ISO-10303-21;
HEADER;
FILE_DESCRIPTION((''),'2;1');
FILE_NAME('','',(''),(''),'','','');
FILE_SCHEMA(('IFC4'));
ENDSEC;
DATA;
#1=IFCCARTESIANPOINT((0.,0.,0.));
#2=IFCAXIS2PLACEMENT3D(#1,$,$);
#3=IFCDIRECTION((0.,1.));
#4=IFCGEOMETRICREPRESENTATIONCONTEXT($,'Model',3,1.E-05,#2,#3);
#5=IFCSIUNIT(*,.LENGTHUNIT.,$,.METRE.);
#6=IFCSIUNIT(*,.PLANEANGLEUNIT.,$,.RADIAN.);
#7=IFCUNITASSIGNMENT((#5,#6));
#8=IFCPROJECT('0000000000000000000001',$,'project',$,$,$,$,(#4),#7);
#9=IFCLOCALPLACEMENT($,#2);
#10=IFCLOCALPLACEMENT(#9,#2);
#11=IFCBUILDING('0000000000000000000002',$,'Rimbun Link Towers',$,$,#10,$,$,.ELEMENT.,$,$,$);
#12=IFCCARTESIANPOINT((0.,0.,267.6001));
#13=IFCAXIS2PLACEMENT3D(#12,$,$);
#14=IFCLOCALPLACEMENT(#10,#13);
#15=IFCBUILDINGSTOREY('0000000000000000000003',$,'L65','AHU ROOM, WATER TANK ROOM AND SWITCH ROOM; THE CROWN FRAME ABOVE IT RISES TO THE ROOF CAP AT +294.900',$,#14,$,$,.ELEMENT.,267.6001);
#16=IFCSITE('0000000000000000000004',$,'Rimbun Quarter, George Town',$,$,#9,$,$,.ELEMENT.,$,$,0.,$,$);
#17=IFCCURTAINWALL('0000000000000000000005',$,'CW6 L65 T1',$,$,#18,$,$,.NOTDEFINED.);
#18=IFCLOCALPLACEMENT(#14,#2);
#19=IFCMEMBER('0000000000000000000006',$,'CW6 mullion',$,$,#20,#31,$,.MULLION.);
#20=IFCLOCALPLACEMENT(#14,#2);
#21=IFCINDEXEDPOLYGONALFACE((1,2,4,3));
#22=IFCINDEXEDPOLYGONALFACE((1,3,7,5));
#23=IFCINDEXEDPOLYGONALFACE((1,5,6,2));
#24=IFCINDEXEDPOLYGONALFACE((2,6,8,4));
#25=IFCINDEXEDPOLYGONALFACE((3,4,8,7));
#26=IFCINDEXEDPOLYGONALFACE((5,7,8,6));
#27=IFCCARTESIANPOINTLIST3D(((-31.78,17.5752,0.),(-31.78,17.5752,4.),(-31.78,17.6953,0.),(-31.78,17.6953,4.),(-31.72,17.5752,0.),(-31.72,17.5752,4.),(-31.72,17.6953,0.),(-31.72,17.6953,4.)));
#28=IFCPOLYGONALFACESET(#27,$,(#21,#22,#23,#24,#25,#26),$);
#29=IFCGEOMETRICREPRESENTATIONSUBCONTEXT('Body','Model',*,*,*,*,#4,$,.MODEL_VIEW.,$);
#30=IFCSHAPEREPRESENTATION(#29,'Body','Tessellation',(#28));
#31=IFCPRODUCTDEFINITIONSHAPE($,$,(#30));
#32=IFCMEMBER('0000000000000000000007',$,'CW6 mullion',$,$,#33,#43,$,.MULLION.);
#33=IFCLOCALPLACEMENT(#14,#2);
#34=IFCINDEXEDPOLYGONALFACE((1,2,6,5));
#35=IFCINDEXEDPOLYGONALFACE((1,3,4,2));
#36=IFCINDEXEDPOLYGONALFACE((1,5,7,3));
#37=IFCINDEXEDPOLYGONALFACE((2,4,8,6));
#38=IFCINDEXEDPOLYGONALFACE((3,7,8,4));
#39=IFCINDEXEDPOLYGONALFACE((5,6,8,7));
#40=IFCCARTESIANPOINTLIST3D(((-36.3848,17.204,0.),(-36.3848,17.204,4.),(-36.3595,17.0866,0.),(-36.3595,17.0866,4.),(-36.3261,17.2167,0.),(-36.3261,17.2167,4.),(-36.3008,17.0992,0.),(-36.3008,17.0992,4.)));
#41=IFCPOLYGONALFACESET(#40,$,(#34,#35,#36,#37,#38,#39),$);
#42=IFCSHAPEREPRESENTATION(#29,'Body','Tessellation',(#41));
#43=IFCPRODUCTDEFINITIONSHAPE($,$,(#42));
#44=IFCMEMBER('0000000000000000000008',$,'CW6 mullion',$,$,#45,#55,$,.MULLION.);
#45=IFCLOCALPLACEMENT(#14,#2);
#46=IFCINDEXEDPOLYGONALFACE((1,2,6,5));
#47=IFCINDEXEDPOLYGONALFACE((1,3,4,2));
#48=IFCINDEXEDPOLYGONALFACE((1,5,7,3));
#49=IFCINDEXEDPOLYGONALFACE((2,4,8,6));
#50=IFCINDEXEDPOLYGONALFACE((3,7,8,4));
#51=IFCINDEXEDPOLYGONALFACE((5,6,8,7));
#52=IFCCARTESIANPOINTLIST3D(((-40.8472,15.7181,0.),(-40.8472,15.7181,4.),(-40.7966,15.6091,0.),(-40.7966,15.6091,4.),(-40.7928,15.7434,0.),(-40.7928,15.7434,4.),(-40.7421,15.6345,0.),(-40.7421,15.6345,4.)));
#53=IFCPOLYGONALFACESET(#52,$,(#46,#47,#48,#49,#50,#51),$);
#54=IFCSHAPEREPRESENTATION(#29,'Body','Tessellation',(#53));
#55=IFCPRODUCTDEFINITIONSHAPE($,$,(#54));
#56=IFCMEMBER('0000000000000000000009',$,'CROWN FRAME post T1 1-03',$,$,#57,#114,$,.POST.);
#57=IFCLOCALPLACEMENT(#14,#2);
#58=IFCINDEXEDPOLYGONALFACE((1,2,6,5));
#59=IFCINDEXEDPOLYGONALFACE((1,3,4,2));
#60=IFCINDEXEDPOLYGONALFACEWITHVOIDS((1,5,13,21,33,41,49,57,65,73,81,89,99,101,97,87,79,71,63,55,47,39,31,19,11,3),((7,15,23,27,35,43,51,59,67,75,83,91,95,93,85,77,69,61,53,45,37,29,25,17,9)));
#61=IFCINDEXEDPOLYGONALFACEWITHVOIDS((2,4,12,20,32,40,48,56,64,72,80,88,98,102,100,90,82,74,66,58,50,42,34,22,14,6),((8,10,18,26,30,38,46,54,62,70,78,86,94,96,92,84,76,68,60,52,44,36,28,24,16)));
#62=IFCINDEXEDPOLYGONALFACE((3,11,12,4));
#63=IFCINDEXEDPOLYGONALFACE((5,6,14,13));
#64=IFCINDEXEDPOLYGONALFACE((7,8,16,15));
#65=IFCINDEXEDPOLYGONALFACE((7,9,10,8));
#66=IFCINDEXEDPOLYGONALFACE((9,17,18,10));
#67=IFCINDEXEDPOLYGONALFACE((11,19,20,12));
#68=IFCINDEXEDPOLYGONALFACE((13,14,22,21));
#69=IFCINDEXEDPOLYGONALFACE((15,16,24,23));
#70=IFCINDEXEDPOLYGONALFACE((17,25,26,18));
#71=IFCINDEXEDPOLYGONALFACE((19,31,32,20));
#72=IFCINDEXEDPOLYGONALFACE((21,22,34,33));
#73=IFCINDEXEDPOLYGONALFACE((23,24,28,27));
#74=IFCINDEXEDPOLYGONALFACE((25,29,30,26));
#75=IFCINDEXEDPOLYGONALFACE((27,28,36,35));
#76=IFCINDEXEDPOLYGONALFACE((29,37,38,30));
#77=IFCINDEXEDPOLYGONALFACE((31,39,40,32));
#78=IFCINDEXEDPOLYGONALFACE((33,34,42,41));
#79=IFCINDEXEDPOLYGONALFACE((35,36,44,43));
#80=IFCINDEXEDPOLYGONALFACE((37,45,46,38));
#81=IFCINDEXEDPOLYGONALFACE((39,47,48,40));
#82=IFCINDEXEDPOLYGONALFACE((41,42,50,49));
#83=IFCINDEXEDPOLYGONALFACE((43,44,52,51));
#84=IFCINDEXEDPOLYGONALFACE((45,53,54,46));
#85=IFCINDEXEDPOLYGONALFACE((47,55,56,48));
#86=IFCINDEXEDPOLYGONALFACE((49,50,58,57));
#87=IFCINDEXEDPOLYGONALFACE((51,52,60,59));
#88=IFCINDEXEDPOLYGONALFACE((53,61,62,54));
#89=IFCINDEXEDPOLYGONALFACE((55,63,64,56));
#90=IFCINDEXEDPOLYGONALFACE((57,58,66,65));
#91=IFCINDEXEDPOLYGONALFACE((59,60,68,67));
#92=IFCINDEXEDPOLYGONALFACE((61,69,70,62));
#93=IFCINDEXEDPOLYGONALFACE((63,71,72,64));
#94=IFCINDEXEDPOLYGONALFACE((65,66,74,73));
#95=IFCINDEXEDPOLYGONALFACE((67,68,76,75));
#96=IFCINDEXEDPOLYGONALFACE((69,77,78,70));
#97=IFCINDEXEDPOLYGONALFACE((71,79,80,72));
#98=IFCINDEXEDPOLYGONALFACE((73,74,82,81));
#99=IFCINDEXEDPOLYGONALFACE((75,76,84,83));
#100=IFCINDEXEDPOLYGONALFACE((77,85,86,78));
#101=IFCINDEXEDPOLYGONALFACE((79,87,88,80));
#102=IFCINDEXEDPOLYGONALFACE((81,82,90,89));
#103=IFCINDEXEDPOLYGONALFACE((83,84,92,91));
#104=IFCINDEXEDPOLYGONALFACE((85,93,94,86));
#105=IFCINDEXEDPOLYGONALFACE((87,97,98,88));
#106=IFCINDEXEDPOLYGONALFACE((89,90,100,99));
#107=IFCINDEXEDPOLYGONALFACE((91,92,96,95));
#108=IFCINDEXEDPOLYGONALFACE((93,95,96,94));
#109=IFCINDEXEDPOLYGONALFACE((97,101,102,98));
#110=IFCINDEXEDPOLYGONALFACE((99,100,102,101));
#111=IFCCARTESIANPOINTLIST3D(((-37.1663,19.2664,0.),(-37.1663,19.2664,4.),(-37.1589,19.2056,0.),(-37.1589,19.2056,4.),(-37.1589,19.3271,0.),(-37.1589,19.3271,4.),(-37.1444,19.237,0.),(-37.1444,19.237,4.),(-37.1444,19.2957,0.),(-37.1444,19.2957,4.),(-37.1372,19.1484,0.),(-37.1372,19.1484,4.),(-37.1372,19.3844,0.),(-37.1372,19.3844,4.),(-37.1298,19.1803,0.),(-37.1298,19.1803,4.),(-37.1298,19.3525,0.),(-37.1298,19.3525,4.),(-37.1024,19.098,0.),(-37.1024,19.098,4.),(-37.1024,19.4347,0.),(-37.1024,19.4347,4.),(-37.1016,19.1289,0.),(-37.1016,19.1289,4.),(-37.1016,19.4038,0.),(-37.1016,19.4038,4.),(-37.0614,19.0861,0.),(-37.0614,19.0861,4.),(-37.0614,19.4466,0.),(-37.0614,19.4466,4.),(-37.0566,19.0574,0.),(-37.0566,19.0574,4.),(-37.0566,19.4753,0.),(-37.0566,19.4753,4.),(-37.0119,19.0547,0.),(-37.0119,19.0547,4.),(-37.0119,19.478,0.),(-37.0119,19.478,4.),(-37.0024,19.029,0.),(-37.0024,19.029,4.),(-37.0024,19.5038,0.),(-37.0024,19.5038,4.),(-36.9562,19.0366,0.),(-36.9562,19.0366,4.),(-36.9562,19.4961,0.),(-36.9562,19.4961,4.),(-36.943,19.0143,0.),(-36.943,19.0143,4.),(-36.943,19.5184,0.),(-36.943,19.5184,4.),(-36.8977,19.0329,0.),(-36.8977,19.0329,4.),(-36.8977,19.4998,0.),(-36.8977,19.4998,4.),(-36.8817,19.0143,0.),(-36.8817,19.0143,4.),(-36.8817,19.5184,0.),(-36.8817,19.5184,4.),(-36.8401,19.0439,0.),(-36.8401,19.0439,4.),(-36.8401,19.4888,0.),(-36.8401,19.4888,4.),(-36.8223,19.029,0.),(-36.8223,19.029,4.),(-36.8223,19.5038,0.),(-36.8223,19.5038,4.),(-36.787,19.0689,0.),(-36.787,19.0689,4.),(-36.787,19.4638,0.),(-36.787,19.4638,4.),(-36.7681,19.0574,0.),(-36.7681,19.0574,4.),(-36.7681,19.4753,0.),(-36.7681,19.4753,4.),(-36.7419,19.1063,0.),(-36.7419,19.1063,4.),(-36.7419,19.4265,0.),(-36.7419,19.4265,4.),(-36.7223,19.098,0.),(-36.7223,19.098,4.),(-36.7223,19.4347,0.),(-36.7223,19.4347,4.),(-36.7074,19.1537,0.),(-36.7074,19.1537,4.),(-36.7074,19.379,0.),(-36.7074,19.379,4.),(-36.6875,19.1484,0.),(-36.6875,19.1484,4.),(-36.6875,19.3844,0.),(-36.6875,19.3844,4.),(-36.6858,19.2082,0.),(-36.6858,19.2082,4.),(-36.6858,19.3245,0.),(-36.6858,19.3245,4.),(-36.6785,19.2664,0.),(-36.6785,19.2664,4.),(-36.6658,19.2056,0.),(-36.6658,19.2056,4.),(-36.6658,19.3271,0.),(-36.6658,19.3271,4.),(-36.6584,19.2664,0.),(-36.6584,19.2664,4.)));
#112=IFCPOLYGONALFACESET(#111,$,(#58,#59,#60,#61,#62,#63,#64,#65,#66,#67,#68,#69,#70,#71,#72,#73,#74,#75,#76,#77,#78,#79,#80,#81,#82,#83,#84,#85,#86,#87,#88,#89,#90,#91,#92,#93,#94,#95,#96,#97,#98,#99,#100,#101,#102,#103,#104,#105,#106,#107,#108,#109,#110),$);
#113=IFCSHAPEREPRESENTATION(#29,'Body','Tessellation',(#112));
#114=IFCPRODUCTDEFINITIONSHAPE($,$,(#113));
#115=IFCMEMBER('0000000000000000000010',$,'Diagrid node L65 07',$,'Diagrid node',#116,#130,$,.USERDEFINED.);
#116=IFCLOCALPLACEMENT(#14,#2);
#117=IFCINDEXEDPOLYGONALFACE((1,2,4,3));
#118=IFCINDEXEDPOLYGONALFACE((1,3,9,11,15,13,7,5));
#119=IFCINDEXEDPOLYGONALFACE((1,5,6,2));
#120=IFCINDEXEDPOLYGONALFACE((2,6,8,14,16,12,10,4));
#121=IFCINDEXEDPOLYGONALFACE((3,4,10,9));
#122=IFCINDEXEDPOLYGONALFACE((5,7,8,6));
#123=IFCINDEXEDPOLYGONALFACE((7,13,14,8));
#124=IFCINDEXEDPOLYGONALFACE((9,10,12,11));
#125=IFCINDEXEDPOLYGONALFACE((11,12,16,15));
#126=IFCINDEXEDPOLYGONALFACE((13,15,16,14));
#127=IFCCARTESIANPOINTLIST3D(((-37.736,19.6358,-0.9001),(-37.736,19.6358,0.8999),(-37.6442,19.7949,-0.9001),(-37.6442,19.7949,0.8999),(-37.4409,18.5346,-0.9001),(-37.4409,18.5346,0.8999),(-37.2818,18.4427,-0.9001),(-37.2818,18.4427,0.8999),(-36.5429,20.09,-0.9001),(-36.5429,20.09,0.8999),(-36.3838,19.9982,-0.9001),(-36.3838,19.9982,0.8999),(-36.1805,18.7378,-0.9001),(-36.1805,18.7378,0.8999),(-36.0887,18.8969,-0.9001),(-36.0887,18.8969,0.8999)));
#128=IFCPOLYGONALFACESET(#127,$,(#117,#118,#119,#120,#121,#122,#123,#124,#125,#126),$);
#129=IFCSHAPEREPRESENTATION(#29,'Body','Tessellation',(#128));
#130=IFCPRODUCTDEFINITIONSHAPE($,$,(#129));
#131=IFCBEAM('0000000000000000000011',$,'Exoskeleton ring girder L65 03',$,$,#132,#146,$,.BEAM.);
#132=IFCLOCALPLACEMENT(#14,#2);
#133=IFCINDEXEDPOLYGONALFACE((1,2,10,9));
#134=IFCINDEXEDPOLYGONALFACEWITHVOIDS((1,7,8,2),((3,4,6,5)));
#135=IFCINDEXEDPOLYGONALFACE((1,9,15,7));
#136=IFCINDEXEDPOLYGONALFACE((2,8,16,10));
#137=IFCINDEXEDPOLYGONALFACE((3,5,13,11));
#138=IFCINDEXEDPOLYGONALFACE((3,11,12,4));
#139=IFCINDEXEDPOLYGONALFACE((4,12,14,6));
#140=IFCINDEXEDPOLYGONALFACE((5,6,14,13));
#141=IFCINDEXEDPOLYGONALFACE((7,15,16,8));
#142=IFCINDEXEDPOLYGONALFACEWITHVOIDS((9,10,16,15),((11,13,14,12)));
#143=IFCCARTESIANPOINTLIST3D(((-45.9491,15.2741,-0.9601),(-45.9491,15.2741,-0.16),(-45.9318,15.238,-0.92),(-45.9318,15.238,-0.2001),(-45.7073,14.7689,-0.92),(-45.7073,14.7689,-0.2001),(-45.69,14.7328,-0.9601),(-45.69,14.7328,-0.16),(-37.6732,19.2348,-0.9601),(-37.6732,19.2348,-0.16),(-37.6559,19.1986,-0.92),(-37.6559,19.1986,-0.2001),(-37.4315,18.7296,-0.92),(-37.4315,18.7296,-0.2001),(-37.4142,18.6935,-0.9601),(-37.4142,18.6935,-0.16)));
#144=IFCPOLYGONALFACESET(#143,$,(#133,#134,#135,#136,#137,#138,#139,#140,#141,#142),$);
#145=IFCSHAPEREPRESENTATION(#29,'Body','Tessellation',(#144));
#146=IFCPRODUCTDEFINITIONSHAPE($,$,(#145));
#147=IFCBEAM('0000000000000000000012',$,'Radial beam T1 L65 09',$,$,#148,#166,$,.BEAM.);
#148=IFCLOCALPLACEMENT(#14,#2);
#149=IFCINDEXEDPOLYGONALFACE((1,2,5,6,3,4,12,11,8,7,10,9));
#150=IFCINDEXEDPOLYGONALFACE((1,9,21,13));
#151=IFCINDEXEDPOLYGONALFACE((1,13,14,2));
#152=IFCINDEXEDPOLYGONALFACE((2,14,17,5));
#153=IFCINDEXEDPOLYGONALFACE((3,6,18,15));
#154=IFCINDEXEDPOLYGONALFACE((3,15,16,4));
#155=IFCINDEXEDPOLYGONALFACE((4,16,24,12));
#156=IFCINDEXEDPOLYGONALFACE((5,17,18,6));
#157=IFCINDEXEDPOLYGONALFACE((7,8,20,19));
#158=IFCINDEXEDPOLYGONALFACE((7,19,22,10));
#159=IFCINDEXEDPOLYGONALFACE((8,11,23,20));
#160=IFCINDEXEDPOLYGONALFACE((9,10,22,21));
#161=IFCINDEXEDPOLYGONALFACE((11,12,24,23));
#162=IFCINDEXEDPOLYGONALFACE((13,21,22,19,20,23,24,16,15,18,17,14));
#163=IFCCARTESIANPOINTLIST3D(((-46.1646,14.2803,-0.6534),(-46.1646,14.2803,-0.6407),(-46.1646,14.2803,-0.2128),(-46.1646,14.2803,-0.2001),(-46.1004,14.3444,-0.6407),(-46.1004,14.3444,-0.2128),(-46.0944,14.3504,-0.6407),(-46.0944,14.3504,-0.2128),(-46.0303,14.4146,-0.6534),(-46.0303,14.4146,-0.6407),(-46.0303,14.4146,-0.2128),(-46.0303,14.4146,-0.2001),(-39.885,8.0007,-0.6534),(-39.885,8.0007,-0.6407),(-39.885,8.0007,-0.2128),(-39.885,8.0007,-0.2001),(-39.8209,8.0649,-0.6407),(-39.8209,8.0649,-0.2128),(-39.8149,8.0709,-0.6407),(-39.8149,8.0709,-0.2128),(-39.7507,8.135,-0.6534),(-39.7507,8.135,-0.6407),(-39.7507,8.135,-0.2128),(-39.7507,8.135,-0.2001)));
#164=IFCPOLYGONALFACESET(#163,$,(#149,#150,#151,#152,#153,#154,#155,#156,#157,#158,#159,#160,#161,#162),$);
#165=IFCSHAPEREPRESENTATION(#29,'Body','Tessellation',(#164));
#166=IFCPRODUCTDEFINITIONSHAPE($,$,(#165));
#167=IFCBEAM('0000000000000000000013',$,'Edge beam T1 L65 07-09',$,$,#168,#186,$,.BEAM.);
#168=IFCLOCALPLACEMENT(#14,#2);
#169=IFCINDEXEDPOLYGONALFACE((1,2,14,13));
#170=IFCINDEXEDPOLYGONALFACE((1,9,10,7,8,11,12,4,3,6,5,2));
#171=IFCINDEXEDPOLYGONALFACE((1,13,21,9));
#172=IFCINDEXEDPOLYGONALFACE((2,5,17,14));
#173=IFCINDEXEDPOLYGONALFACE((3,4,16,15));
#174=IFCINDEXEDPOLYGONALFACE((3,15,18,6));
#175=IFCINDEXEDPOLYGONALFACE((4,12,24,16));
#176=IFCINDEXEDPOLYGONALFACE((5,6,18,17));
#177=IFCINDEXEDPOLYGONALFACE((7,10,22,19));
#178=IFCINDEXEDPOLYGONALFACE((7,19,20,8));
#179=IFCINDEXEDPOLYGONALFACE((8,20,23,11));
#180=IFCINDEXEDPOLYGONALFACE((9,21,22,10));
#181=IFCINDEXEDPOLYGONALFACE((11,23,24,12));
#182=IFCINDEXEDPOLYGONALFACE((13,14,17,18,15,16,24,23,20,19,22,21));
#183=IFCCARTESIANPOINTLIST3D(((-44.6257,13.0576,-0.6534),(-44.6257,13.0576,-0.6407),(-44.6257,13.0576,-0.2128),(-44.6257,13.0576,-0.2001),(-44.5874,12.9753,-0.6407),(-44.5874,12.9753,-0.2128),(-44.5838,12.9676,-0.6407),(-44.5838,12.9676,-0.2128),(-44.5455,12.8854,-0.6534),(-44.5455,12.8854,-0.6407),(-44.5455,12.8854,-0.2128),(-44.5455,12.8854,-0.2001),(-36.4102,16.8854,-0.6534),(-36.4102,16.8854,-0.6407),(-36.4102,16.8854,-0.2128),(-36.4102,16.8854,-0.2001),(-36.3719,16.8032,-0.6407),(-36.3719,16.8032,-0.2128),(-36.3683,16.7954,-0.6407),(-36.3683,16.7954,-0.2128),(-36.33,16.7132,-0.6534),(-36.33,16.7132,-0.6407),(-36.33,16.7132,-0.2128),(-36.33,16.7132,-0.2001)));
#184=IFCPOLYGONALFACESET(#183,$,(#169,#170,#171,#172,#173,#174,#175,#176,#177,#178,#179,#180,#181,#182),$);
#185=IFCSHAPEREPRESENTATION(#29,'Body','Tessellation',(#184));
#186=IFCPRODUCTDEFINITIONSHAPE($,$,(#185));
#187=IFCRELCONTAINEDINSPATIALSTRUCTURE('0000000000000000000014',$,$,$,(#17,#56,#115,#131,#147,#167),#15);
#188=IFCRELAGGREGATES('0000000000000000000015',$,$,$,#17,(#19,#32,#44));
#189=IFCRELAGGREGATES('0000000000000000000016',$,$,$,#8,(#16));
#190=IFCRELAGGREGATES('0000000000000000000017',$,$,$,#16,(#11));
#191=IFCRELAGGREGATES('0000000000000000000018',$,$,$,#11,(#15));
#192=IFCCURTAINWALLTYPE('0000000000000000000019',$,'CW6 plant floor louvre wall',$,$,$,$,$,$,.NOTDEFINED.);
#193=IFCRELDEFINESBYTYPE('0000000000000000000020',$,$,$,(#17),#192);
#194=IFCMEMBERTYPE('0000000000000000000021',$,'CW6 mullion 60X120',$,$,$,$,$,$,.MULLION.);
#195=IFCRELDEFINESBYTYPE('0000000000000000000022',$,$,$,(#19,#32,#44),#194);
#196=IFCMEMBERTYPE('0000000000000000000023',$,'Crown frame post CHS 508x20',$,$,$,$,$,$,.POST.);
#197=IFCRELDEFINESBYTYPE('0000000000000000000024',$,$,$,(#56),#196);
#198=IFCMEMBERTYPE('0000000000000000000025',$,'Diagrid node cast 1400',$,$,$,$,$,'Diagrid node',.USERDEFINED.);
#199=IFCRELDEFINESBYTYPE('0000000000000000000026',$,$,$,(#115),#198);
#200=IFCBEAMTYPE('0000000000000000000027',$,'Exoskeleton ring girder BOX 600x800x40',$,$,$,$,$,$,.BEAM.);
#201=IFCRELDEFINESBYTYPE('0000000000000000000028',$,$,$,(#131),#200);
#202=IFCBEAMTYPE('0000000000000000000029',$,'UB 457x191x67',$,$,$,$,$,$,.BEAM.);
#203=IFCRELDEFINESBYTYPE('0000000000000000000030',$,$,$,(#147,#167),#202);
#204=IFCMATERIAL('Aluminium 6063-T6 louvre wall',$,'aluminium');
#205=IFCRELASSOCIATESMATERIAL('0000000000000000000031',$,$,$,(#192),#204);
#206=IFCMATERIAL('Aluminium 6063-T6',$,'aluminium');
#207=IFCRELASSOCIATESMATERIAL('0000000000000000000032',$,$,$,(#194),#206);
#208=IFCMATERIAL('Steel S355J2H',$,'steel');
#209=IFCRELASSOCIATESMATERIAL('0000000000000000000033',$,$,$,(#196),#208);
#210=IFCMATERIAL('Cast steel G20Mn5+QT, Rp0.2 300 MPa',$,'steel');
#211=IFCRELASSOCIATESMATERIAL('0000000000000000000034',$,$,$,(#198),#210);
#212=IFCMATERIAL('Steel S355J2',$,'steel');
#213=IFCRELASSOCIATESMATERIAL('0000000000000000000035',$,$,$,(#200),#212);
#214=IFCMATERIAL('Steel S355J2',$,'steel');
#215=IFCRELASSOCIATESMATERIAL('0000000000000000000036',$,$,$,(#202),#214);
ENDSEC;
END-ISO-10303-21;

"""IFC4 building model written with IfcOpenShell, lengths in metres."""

from ifc_helpers import new_model, si_unit, direction, frame, origin, origin_2d, place, context, subcontext, project, spatial, polyline, rectangle, hollow_rectangle, hollow_circle, i_section, outline, extrude, material, material_profile, profile_set, type_object, element, aggregate, save


model = new_model("IFC4")

# Units and contexts
model_context = context("Model", 3, precision=1e-05, world=origin(), true_north=direction((0.0, 1.0)))
body_context = subcontext(model_context, "Body", "Model", "MODEL_VIEW")
ifc_project = project(units=[si_unit("LENGTHUNIT", "METRE"), si_unit("PLANEANGLEUNIT", "RADIAN")], contexts=[model_context])

# Site, building, storey
site_placement = place(None, origin())
site = spatial("IfcSite", under=ifc_project, at=site_placement, Name="Rimbun Quarter, George Town", CompositionType="ELEMENT", RefElevation=0.0)
building_placement = place(site_placement, origin())
building = spatial("IfcBuilding", under=site, at=building_placement, Name="Rimbun Link Towers", CompositionType="ELEMENT")
storey_placement = place(building_placement, frame((0.0, 0.0, 267.6001)))
storey = spatial("IfcBuildingStorey", under=building, at=storey_placement, Name="L65", Description="AHU ROOM, WATER TANK ROOM AND SWITCH ROOM; THE CROWN FRAME ABOVE IT RISES TO THE ROOF CAP AT +294.900", CompositionType="ELEMENT", Elevation=267.6001)

# Curtain wall, members
ifc_material_1 = material(Name="Aluminium 6063-T6 louvre wall", Category="aluminium")
curtain_wall_type = type_object("IfcCurtainWallType", Name="CW6 plant floor louvre wall", PredefinedType="NOTDEFINED", material=ifc_material_1)
curtain_wall_placement = place(storey_placement, origin())
curtain_wall = element("IfcCurtainWall", 1, at=curtain_wall_placement, inside=storey, type_object=curtain_wall_type, Name="CW6 L65 T1", PredefinedType="NOTDEFINED")
ifc_material_2 = material(Name="Aluminium 6063-T6", Category="aluminium")
ifc_material_profile_1 = material_profile(ifc_material_2, rectangle(XDim=0.1201, YDim=0.0601, at=origin_2d()), Name="MULLION 60X120")
ifc_profile_set_1 = profile_set([ifc_material_profile_1], Name="Aluminium 6063-T6")
member_type_1 = type_object("IfcMemberType", Name="CW6 mullion 60X120", PredefinedType="MULLION", material=ifc_profile_set_1)
member_1_placement = place(storey_placement, frame((-31.75, 17.6353, 0.0), z_axis=(0.0, 0.0, 1.0), x_axis=(0.0, 1.0, 0.0)))
member_1 = element("IfcMember", 2, at=member_1_placement, type_object=member_type_1, Name="CW6 mullion", PredefinedType="MULLION", context=body_context, shape_type="SweptSolid", body=[
    extrude(rectangle(XDim=0.1201, YDim=0.0601, at=origin_2d()), origin(), (0.0, 0.0, 1.0), 4.0),
])
member_2_placement = place(storey_placement, frame((-36.3428, 17.1516, 0.0), z_axis=(0.0, 0.0, 1.0), x_axis=(-0.210863, 0.977516, 0.0)))
member_2 = element("IfcMember", 3, at=member_2_placement, type_object=member_type_1, Name="CW6 mullion", PredefinedType="MULLION", context=body_context, shape_type="SweptSolid", body=[
    extrude(rectangle(XDim=0.1201, YDim=0.0601, at=origin_2d()), origin(), (0.0, 0.0, 1.0), 4.0),
])
member_3_placement = place(storey_placement, frame((-40.7947, 15.6763, 0.0), z_axis=(0.0, 0.0, 1.0), x_axis=(-0.421709, 0.906731, 0.0)))
member_3 = element("IfcMember", 4, at=member_3_placement, type_object=member_type_1, Name="CW6 mullion", PredefinedType="MULLION", context=body_context, shape_type="SweptSolid", body=[
    extrude(rectangle(XDim=0.1201, YDim=0.0601, at=origin_2d()), origin(), (0.0, 0.0, 1.0), 4.0),
])

# Members
ifc_material_3 = material(Name="Steel S355J2H", Category="steel")
ifc_material_profile_2 = material_profile(ifc_material_3, hollow_circle(Radius=0.2539, WallThickness=0.02, at=origin_2d()), Name="Crown frame post CHS 508x20")
ifc_profile_set_2 = profile_set([ifc_material_profile_2], Name="Steel S355J2H")
member_type_2 = type_object("IfcMemberType", Name="Crown frame post CHS 508x20", PredefinedType="POST", material=ifc_profile_set_2)
member_4_placement = place(storey_placement, frame((-36.9124, 19.2664, 0.0), z_axis=(0.0, 0.0, 1.0), x_axis=(1.0, 0.0, 0.0)))
element("IfcMember", 5, at=member_4_placement, inside=storey, type_object=member_type_2, Name="CROWN FRAME post T1 1-03", PredefinedType="POST", context=body_context, shape_type="SweptSolid", body=[
    extrude(hollow_circle(Radius=0.2539, WallThickness=0.02, at=origin_2d()), origin(), (0.0, 0.0, 1.0), 4.0),
])
ifc_material_4 = material(Name="Cast steel G20Mn5+QT, Rp0.2 300 MPa", Category="steel")
ifc_material_profile_3 = material_profile(ifc_material_4, outline(polyline([(0.7, -0.5701), (0.7, 0.5701), (0.5701, 0.7), (-0.5701, 0.7), (-0.7, 0.5701), (-0.7, -0.5701), (-0.5701, -0.7), (0.5701, -0.7), (0.7, -0.5701)])), Name="NODE 1400x1400")
ifc_profile_set_3 = profile_set([ifc_material_profile_3], Name="Cast steel G20Mn5+QT, Rp0.2 300 MPa")
member_type_3 = type_object("IfcMemberType", Name="Diagrid node cast 1400", ElementType="Diagrid node", PredefinedType="USERDEFINED", material=ifc_profile_set_3)
member_5_placement = place(storey_placement, frame((-36.9124, 19.2664, -0.9001), z_axis=(0.0, 0.0, 1.0), x_axis=(-0.258819, 0.965926, 0.0)))
element("IfcMember", 6, at=member_5_placement, inside=storey, type_object=member_type_3, Name="Diagrid node L65 07", ObjectType="Diagrid node", PredefinedType="USERDEFINED", context=body_context, shape_type="SweptSolid", body=[
    extrude(outline(polyline([(0.7, -0.5701), (0.7, 0.5701), (0.5701, 0.7), (-0.5701, 0.7), (-0.7, 0.5701), (-0.7, -0.5701), (-0.5701, -0.7), (0.5701, -0.7), (0.7, -0.5701)])), origin(), (0.0, 0.0, 1.0), 1.8),
])

# Beams
ifc_material_5 = material(Name="Steel S355J2", Category="steel")
ifc_material_profile_4 = material_profile(ifc_material_5, hollow_rectangle(XDim=0.6001, YDim=0.8, WallThickness=0.04, at=origin_2d()), Name="Exoskeleton ring girder BOX 600x800x40")
ifc_profile_set_4 = profile_set([ifc_material_profile_4], Name="Steel S355J2")
beam_type_1 = type_object("IfcBeamType", Name="Exoskeleton ring girder BOX 600x800x40", PredefinedType="BEAM", material=ifc_profile_set_4)
beam_1_placement = place(storey_placement, frame((-37.5437, 18.9641, -0.5601), z_axis=(-0.902021, -0.431692, 0.0), x_axis=(0.431692, -0.902021, 0.0)))
element("IfcBeam", 7, at=beam_1_placement, inside=storey, type_object=beam_type_1, Name="Exoskeleton ring girder L65 03", PredefinedType="BEAM", context=body_context, shape_type="SweptSolid", body=[
    extrude(hollow_rectangle(XDim=0.6001, YDim=0.8, WallThickness=0.04, at=origin_2d()), origin(), (0.0, 0.0, 1.0), 9.1748),
])
ifc_material_6 = material(Name="Steel S355J2", Category="steel")
ifc_material_profile_5 = material_profile(ifc_material_6, i_section(OverallWidth=0.1899, OverallDepth=0.4534, WebThickness=0.0085, FlangeThickness=0.0127, at=origin_2d()), Name="UB 457x191x67")
ifc_profile_set_5 = profile_set([ifc_material_profile_5], Name="Steel S355J2")
beam_type_2 = type_object("IfcBeamType", Name="UB 457x191x67", PredefinedType="BEAM", material=ifc_profile_set_5)
beam_2_placement = place(storey_placement, frame((-39.8179, 8.0679, -0.4268), z_axis=(-0.707107, 0.707107, 0.0), x_axis=(-0.707107, -0.707107, 0.0)))
element("IfcBeam", 8, at=beam_2_placement, inside=storey, type_object=beam_type_2, Name="Radial beam T1 L65 09", PredefinedType="BEAM", context=body_context, shape_type="SweptSolid", body=[
    extrude(i_section(OverallWidth=0.1899, OverallDepth=0.4534, WebThickness=0.0085, FlangeThickness=0.0127, at=origin_2d()), origin(), (0.0, 0.0, 1.0), 8.8806),
])
beam_3_placement = place(storey_placement, frame((-36.3701, 16.7993, -0.4268), z_axis=(-0.906439, -0.422337, 0.0), x_axis=(0.422337, -0.906439, 0.0)))
element("IfcBeam", 9, at=beam_3_placement, inside=storey, type_object=beam_type_2, Name="Edge beam T1 L65 07-09", PredefinedType="BEAM", context=body_context, shape_type="SweptSolid", body=[
    extrude(i_section(OverallWidth=0.1899, OverallDepth=0.4534, WebThickness=0.0085, FlangeThickness=0.0127, at=origin_2d()), origin(), (0.0, 0.0, 1.0), 9.0635),
])

aggregate(curtain_wall, [member_1, member_2, member_3])

save(model, "model.ifc")
